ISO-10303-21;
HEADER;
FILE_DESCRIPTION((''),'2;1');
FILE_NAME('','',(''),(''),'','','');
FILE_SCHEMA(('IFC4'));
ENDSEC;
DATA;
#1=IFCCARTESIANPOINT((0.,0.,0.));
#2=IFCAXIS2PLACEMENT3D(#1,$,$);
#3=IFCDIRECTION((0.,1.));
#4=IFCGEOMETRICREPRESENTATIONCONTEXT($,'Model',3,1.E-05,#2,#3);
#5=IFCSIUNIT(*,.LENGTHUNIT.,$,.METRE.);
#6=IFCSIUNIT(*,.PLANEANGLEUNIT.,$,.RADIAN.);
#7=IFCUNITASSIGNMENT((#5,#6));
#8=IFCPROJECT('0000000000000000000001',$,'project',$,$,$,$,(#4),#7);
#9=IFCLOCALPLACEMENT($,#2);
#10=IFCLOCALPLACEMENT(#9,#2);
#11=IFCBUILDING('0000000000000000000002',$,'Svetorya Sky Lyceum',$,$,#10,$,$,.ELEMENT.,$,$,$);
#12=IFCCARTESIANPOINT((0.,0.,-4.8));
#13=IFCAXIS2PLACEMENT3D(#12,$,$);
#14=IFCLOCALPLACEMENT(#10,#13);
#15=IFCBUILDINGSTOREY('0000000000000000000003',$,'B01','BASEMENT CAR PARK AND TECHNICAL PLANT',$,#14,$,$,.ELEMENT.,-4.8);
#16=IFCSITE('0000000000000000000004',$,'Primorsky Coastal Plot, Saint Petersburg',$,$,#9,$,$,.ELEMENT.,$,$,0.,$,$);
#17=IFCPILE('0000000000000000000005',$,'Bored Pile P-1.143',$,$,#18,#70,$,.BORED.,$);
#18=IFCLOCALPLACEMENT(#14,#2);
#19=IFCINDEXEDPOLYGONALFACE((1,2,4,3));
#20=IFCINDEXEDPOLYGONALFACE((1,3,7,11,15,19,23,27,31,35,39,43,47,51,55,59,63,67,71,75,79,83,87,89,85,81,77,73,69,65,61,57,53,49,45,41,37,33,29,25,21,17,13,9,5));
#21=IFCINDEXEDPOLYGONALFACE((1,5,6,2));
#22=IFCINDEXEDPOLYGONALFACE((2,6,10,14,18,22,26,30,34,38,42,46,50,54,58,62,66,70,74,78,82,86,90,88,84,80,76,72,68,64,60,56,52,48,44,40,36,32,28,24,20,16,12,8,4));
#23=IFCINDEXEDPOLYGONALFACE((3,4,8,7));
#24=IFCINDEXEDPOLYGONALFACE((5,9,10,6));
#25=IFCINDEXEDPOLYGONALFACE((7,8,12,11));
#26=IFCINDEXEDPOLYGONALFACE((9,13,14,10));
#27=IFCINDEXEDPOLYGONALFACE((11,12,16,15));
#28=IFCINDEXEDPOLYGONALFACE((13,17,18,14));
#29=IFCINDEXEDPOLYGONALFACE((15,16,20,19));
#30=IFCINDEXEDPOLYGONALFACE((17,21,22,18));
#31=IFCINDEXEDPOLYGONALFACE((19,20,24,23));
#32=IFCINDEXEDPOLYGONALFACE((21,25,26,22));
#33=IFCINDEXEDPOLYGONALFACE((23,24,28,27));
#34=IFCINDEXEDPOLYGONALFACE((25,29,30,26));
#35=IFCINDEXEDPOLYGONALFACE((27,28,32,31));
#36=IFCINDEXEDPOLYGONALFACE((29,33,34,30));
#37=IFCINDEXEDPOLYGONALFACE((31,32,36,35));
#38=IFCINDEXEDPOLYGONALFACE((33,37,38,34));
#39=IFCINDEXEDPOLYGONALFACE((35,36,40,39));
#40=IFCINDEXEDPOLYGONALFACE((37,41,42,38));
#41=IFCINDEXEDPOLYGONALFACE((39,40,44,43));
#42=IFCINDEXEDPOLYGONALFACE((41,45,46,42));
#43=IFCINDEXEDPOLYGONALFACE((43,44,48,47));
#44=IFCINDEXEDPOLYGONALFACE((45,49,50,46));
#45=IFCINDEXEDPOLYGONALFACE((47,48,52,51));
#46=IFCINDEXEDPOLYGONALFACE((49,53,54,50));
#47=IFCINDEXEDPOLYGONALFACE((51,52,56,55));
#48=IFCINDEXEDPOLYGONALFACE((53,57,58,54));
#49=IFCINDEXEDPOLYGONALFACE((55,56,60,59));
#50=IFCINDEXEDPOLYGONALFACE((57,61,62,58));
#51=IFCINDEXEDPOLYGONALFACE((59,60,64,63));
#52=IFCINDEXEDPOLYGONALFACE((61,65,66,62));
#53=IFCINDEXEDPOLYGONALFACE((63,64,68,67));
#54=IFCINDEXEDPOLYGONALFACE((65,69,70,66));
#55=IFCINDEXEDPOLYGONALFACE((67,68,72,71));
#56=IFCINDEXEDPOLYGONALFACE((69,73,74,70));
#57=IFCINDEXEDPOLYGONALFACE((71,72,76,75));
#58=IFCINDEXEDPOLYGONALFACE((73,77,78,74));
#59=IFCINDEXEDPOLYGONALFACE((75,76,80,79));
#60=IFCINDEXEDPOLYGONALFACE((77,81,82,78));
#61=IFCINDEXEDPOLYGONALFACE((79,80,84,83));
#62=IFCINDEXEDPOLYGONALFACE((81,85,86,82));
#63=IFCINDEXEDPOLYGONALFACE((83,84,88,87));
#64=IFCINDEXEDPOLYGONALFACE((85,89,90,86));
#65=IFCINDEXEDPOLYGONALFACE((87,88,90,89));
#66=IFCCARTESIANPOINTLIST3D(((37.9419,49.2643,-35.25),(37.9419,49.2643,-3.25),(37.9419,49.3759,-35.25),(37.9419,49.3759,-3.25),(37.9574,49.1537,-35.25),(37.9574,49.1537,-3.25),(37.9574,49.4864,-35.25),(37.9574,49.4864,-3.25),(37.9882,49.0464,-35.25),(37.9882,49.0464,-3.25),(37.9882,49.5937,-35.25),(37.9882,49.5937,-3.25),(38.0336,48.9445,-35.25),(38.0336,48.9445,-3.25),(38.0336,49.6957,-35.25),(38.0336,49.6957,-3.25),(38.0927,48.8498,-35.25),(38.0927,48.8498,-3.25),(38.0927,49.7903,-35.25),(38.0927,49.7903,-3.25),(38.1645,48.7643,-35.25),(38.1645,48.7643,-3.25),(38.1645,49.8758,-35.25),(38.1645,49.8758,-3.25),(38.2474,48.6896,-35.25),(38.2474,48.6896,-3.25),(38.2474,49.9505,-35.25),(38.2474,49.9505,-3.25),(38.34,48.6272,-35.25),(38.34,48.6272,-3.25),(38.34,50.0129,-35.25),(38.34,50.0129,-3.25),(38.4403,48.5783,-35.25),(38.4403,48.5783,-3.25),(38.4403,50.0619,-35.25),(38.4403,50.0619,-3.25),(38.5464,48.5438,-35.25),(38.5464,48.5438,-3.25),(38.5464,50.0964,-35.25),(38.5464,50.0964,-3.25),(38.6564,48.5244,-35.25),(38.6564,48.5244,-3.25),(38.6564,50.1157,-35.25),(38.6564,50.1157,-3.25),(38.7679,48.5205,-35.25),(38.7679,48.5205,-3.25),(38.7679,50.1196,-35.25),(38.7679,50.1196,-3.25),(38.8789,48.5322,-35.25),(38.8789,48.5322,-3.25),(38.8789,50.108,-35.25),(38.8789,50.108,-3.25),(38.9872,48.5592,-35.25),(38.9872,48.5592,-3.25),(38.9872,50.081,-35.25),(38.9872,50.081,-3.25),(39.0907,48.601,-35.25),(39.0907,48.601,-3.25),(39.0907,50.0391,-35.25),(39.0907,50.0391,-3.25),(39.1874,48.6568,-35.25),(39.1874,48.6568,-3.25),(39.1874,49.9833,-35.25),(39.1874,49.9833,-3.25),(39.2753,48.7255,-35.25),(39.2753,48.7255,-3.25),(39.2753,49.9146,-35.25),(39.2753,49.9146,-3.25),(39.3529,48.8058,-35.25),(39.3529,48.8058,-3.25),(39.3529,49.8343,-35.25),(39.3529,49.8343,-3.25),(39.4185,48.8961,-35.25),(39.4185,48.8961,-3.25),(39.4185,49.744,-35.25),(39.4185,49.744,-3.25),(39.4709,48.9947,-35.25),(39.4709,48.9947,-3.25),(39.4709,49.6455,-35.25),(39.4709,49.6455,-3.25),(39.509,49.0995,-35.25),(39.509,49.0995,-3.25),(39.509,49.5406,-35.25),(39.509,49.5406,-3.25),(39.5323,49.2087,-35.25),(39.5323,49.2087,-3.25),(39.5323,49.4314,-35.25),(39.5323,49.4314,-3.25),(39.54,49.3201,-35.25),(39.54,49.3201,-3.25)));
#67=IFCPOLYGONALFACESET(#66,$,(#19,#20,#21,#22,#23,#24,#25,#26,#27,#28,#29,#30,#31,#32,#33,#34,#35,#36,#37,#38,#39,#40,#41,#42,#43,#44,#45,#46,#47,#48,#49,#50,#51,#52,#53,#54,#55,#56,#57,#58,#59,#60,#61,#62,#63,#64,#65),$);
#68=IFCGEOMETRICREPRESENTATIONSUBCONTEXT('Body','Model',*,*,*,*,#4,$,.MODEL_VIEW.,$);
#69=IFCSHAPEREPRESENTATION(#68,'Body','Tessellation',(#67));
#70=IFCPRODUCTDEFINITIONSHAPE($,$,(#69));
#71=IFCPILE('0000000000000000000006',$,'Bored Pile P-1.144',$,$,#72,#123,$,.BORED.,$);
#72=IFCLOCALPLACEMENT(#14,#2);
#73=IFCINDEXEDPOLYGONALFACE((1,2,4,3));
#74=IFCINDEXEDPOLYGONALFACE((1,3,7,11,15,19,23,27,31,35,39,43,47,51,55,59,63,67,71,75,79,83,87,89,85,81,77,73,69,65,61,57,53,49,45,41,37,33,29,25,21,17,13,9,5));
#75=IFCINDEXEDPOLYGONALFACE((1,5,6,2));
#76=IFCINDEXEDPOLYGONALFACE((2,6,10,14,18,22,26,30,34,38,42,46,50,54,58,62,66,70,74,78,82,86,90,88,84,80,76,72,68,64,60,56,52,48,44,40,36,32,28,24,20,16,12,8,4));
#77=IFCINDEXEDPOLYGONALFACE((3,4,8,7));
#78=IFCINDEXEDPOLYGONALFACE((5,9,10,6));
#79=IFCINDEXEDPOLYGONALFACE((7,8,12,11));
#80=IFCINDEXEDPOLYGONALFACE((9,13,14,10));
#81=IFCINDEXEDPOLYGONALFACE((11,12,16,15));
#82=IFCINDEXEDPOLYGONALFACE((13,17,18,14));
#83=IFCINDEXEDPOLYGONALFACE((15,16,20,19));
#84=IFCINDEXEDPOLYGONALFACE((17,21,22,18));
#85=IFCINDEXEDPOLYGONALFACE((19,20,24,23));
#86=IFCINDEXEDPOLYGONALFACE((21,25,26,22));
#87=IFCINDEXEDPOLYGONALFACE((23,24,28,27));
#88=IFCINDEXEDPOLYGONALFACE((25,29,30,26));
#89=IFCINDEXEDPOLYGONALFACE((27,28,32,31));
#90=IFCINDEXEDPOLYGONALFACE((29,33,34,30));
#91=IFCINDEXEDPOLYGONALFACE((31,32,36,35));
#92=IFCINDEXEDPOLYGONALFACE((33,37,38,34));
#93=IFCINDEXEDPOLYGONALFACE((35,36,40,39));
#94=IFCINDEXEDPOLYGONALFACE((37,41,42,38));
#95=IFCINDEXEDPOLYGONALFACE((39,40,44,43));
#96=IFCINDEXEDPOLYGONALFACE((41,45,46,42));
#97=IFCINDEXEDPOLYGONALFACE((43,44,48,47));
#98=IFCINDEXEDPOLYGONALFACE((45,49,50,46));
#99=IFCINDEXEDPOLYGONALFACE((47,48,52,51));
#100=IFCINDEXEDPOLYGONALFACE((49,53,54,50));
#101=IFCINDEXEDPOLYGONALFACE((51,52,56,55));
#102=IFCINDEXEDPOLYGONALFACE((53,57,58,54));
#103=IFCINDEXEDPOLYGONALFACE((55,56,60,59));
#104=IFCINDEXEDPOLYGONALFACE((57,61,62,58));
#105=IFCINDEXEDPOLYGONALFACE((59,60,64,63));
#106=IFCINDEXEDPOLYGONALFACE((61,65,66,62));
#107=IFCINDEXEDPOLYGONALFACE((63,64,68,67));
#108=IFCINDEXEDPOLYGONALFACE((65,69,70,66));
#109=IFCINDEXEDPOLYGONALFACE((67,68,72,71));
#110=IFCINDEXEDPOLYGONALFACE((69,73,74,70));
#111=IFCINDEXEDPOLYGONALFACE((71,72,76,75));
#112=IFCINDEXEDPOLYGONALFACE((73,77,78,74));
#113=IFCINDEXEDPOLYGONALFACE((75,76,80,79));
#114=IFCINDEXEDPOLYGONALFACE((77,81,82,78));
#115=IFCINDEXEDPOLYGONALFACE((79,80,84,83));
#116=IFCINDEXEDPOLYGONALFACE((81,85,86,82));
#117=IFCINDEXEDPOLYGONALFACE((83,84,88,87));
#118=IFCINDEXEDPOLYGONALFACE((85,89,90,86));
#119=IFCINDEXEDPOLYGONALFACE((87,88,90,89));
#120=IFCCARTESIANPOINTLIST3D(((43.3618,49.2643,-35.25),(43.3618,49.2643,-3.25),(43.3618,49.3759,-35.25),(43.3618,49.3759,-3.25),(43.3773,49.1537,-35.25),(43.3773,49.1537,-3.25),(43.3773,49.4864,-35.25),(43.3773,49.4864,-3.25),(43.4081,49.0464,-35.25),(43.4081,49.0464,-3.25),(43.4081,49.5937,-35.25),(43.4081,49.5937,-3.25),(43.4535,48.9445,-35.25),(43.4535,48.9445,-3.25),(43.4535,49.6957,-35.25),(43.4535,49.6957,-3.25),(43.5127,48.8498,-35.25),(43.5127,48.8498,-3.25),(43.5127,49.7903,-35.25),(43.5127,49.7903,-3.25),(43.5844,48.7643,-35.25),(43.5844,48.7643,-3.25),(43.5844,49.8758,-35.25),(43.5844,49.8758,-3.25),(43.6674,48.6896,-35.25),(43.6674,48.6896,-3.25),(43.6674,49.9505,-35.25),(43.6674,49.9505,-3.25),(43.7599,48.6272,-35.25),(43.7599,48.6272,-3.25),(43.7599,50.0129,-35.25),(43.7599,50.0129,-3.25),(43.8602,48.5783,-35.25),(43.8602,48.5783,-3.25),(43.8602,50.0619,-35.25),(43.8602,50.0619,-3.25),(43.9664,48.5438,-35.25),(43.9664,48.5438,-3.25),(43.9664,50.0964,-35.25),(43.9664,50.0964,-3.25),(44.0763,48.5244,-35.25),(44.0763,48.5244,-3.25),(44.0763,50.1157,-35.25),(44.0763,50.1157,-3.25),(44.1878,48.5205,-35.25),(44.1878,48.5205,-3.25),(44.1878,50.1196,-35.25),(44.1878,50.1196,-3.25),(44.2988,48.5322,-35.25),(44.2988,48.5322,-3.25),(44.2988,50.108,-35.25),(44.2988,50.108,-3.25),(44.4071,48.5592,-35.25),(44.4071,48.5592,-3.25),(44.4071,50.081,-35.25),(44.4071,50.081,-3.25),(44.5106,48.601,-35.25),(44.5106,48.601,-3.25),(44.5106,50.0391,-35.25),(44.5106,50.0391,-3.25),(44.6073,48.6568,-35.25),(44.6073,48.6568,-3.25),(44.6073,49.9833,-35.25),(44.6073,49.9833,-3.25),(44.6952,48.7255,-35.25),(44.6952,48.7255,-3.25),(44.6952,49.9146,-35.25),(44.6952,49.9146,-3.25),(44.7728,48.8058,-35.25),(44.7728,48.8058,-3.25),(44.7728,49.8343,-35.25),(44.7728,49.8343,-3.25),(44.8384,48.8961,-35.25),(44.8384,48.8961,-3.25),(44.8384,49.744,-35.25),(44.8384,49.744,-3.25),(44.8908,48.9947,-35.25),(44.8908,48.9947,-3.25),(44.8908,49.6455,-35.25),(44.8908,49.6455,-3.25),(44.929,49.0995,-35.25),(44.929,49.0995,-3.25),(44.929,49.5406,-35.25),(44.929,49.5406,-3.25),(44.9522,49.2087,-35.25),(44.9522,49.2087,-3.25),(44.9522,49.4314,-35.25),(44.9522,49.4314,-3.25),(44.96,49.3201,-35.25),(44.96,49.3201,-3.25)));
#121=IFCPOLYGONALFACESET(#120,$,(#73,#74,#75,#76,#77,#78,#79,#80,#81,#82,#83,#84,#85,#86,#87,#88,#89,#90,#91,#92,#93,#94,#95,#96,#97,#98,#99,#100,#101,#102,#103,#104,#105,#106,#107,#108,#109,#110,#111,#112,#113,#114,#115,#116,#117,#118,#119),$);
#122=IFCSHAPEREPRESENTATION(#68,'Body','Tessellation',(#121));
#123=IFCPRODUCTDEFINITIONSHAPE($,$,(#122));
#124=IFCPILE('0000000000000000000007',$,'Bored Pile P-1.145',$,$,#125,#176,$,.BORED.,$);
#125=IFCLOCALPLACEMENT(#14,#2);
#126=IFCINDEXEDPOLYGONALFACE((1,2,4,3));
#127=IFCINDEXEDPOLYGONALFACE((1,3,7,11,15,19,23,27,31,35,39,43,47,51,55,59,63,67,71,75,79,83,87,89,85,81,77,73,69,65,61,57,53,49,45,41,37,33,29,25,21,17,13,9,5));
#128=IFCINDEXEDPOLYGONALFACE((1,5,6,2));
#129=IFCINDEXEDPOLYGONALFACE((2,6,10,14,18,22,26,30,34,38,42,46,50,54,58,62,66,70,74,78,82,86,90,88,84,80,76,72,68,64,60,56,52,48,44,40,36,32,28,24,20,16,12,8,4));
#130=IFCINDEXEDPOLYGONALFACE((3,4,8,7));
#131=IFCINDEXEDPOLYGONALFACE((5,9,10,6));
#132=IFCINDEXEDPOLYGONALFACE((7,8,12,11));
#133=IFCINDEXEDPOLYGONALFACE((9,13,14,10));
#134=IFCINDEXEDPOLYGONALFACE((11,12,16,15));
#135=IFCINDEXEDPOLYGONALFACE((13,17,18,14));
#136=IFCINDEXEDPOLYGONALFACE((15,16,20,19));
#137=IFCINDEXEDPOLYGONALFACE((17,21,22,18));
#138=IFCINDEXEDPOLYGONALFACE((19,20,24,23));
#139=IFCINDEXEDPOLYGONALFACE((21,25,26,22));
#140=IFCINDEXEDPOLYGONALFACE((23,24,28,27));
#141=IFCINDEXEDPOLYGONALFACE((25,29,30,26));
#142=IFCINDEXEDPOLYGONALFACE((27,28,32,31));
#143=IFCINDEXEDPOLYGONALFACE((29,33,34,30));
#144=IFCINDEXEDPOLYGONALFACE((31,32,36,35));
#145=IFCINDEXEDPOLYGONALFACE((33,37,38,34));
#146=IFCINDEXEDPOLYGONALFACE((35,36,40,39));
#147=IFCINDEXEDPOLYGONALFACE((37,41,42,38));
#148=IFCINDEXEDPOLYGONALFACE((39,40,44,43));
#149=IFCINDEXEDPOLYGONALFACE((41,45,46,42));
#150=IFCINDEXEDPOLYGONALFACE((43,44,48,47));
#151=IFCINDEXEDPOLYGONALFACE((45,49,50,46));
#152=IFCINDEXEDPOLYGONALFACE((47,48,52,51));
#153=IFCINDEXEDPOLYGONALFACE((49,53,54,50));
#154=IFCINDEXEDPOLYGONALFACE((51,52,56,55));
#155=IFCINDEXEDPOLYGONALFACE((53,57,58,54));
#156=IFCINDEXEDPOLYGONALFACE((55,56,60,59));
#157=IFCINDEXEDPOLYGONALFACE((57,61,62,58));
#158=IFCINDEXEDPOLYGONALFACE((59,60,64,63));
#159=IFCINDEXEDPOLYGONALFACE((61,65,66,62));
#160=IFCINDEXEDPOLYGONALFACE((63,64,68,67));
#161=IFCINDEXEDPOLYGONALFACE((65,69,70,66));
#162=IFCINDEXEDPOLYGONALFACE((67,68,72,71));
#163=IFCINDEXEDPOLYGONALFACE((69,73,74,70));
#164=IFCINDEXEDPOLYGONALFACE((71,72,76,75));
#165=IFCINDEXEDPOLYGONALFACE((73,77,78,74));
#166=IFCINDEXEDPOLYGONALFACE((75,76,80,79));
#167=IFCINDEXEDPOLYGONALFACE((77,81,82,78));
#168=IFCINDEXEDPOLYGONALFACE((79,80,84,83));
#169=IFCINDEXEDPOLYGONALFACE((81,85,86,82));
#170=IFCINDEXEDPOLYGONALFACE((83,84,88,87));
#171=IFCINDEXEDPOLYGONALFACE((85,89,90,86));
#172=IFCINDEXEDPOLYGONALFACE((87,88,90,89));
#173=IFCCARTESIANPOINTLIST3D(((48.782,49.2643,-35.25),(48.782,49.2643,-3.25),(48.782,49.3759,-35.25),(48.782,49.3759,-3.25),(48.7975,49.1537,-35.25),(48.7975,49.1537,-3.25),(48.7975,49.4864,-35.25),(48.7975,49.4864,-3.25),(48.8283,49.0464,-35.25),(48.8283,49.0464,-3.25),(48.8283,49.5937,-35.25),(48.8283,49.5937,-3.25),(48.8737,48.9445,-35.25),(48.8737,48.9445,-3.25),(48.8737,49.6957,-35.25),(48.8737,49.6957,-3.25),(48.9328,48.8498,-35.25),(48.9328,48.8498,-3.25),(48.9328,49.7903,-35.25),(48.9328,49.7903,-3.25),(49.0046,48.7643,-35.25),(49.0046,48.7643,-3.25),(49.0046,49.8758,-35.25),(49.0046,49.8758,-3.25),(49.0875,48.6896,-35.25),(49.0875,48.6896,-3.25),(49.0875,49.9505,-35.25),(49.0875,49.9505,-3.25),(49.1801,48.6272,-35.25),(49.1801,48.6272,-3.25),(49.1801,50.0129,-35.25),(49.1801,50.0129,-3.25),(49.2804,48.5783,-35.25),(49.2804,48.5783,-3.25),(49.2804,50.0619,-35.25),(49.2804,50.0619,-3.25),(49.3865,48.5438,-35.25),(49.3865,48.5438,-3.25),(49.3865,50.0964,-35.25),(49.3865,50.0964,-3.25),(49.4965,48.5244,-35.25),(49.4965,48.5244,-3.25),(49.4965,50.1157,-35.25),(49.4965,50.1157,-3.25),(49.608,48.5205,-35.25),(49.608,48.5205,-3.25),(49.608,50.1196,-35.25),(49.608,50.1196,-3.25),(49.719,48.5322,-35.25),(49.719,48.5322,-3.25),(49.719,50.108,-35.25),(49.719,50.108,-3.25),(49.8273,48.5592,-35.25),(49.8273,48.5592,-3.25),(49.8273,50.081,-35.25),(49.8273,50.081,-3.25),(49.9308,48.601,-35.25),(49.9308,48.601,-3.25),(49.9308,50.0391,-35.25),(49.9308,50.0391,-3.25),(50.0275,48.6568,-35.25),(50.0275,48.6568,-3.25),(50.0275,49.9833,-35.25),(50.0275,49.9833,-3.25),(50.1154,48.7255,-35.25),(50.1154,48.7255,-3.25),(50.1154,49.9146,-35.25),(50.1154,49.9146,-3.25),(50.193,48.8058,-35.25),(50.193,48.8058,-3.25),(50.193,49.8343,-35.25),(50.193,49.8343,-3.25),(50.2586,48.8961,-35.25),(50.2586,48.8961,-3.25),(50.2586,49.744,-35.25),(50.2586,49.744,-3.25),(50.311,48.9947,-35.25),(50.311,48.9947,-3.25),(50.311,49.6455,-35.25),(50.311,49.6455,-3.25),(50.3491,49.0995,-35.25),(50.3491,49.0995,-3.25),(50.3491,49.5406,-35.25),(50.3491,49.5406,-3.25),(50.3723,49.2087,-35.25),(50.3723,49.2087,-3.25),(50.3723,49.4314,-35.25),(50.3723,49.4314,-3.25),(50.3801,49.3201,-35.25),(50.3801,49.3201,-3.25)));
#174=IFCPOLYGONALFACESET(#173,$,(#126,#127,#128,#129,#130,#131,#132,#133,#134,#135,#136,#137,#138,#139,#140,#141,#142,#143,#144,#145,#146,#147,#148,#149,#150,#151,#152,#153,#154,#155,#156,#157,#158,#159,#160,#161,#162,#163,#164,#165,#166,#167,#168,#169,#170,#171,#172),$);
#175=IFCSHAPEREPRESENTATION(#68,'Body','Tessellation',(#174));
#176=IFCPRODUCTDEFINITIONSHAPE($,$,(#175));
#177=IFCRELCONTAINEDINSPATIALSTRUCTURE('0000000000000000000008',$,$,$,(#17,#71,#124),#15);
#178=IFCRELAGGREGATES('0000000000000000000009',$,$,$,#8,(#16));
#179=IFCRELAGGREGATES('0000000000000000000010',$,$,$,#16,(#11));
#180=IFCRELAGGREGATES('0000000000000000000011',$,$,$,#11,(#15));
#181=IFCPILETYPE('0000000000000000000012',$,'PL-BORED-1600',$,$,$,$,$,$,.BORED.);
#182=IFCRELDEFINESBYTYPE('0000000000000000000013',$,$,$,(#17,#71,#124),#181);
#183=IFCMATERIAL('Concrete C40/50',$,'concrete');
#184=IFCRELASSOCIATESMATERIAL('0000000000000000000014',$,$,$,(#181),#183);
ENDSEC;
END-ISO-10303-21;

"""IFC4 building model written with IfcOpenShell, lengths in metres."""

from ifc_helpers import new_model, si_unit, direction, frame, origin, origin_2d, place, context, subcontext, project, spatial, circle, extrude, material, material_profile, profile_set, type_object, element, save


model = new_model("IFC4")

# Units and contexts
model_context = context("Model", 3, precision=1e-05, world=origin(), true_north=direction((0.0, 1.0)))
body_context = subcontext(model_context, "Body", "Model", "MODEL_VIEW")
ifc_project = project(units=[si_unit("LENGTHUNIT", "METRE"), si_unit("PLANEANGLEUNIT", "RADIAN")], contexts=[model_context])

# Site, building, storey
site_placement = place(None, origin())
site = spatial("IfcSite", under=ifc_project, at=site_placement, Name="Primorsky Coastal Plot, Saint Petersburg", CompositionType="ELEMENT", RefElevation=0.0)
building_placement = place(site_placement, origin())
building = spatial("IfcBuilding", under=site, at=building_placement, Name="Svetorya Sky Lyceum", CompositionType="ELEMENT")
storey_placement = place(building_placement, frame((0.0, 0.0, -4.8)))
storey = spatial("IfcBuildingStorey", under=building, at=storey_placement, Name="B01", Description="BASEMENT CAR PARK AND TECHNICAL PLANT", CompositionType="ELEMENT", Elevation=-4.8)

# Piles
ifc_material_1 = material(Name="Concrete C40/50", Category="concrete")
ifc_material_profile_1 = material_profile(ifc_material_1, circle(Radius=0.8, at=origin_2d()), Name="RC PILE D1600")
ifc_profile_set_1 = profile_set([ifc_material_profile_1], Name="Concrete C40/50")
pile_type = type_object("IfcPileType", Name="PL-BORED-1600", PredefinedType="BORED", material=ifc_profile_set_1)
for number, where, z_axis, x_axis, name in (
    (1, (38.74, 49.3201, -3.25), (0.0, 0.0, -1.0), (1.0, 0.0, 0.0), "Bored Pile P-1.143"),
    (2, (44.1599, 49.3201, -3.25), (0.0, 0.0, -1.0), (1.0, 0.0, 0.0), "Bored Pile P-1.144"),
    (3, (49.5801, 49.3201, -3.25), (0.0, 0.0, -1.0), (1.0, 0.0, 0.0), "Bored Pile P-1.145"),
):
    element("IfcPile", number, at=place(storey_placement, frame(where, z_axis=z_axis, x_axis=x_axis)), inside=storey, type_object=pile_type, Name=name, PredefinedType="BORED", context=body_context, shape_type="SweptSolid", body=[
        extrude(circle(Radius=0.8, at=origin_2d()), origin(), (0.0, 0.0, 1.0), 32.0),
    ])

save(model, "model.ifc")
